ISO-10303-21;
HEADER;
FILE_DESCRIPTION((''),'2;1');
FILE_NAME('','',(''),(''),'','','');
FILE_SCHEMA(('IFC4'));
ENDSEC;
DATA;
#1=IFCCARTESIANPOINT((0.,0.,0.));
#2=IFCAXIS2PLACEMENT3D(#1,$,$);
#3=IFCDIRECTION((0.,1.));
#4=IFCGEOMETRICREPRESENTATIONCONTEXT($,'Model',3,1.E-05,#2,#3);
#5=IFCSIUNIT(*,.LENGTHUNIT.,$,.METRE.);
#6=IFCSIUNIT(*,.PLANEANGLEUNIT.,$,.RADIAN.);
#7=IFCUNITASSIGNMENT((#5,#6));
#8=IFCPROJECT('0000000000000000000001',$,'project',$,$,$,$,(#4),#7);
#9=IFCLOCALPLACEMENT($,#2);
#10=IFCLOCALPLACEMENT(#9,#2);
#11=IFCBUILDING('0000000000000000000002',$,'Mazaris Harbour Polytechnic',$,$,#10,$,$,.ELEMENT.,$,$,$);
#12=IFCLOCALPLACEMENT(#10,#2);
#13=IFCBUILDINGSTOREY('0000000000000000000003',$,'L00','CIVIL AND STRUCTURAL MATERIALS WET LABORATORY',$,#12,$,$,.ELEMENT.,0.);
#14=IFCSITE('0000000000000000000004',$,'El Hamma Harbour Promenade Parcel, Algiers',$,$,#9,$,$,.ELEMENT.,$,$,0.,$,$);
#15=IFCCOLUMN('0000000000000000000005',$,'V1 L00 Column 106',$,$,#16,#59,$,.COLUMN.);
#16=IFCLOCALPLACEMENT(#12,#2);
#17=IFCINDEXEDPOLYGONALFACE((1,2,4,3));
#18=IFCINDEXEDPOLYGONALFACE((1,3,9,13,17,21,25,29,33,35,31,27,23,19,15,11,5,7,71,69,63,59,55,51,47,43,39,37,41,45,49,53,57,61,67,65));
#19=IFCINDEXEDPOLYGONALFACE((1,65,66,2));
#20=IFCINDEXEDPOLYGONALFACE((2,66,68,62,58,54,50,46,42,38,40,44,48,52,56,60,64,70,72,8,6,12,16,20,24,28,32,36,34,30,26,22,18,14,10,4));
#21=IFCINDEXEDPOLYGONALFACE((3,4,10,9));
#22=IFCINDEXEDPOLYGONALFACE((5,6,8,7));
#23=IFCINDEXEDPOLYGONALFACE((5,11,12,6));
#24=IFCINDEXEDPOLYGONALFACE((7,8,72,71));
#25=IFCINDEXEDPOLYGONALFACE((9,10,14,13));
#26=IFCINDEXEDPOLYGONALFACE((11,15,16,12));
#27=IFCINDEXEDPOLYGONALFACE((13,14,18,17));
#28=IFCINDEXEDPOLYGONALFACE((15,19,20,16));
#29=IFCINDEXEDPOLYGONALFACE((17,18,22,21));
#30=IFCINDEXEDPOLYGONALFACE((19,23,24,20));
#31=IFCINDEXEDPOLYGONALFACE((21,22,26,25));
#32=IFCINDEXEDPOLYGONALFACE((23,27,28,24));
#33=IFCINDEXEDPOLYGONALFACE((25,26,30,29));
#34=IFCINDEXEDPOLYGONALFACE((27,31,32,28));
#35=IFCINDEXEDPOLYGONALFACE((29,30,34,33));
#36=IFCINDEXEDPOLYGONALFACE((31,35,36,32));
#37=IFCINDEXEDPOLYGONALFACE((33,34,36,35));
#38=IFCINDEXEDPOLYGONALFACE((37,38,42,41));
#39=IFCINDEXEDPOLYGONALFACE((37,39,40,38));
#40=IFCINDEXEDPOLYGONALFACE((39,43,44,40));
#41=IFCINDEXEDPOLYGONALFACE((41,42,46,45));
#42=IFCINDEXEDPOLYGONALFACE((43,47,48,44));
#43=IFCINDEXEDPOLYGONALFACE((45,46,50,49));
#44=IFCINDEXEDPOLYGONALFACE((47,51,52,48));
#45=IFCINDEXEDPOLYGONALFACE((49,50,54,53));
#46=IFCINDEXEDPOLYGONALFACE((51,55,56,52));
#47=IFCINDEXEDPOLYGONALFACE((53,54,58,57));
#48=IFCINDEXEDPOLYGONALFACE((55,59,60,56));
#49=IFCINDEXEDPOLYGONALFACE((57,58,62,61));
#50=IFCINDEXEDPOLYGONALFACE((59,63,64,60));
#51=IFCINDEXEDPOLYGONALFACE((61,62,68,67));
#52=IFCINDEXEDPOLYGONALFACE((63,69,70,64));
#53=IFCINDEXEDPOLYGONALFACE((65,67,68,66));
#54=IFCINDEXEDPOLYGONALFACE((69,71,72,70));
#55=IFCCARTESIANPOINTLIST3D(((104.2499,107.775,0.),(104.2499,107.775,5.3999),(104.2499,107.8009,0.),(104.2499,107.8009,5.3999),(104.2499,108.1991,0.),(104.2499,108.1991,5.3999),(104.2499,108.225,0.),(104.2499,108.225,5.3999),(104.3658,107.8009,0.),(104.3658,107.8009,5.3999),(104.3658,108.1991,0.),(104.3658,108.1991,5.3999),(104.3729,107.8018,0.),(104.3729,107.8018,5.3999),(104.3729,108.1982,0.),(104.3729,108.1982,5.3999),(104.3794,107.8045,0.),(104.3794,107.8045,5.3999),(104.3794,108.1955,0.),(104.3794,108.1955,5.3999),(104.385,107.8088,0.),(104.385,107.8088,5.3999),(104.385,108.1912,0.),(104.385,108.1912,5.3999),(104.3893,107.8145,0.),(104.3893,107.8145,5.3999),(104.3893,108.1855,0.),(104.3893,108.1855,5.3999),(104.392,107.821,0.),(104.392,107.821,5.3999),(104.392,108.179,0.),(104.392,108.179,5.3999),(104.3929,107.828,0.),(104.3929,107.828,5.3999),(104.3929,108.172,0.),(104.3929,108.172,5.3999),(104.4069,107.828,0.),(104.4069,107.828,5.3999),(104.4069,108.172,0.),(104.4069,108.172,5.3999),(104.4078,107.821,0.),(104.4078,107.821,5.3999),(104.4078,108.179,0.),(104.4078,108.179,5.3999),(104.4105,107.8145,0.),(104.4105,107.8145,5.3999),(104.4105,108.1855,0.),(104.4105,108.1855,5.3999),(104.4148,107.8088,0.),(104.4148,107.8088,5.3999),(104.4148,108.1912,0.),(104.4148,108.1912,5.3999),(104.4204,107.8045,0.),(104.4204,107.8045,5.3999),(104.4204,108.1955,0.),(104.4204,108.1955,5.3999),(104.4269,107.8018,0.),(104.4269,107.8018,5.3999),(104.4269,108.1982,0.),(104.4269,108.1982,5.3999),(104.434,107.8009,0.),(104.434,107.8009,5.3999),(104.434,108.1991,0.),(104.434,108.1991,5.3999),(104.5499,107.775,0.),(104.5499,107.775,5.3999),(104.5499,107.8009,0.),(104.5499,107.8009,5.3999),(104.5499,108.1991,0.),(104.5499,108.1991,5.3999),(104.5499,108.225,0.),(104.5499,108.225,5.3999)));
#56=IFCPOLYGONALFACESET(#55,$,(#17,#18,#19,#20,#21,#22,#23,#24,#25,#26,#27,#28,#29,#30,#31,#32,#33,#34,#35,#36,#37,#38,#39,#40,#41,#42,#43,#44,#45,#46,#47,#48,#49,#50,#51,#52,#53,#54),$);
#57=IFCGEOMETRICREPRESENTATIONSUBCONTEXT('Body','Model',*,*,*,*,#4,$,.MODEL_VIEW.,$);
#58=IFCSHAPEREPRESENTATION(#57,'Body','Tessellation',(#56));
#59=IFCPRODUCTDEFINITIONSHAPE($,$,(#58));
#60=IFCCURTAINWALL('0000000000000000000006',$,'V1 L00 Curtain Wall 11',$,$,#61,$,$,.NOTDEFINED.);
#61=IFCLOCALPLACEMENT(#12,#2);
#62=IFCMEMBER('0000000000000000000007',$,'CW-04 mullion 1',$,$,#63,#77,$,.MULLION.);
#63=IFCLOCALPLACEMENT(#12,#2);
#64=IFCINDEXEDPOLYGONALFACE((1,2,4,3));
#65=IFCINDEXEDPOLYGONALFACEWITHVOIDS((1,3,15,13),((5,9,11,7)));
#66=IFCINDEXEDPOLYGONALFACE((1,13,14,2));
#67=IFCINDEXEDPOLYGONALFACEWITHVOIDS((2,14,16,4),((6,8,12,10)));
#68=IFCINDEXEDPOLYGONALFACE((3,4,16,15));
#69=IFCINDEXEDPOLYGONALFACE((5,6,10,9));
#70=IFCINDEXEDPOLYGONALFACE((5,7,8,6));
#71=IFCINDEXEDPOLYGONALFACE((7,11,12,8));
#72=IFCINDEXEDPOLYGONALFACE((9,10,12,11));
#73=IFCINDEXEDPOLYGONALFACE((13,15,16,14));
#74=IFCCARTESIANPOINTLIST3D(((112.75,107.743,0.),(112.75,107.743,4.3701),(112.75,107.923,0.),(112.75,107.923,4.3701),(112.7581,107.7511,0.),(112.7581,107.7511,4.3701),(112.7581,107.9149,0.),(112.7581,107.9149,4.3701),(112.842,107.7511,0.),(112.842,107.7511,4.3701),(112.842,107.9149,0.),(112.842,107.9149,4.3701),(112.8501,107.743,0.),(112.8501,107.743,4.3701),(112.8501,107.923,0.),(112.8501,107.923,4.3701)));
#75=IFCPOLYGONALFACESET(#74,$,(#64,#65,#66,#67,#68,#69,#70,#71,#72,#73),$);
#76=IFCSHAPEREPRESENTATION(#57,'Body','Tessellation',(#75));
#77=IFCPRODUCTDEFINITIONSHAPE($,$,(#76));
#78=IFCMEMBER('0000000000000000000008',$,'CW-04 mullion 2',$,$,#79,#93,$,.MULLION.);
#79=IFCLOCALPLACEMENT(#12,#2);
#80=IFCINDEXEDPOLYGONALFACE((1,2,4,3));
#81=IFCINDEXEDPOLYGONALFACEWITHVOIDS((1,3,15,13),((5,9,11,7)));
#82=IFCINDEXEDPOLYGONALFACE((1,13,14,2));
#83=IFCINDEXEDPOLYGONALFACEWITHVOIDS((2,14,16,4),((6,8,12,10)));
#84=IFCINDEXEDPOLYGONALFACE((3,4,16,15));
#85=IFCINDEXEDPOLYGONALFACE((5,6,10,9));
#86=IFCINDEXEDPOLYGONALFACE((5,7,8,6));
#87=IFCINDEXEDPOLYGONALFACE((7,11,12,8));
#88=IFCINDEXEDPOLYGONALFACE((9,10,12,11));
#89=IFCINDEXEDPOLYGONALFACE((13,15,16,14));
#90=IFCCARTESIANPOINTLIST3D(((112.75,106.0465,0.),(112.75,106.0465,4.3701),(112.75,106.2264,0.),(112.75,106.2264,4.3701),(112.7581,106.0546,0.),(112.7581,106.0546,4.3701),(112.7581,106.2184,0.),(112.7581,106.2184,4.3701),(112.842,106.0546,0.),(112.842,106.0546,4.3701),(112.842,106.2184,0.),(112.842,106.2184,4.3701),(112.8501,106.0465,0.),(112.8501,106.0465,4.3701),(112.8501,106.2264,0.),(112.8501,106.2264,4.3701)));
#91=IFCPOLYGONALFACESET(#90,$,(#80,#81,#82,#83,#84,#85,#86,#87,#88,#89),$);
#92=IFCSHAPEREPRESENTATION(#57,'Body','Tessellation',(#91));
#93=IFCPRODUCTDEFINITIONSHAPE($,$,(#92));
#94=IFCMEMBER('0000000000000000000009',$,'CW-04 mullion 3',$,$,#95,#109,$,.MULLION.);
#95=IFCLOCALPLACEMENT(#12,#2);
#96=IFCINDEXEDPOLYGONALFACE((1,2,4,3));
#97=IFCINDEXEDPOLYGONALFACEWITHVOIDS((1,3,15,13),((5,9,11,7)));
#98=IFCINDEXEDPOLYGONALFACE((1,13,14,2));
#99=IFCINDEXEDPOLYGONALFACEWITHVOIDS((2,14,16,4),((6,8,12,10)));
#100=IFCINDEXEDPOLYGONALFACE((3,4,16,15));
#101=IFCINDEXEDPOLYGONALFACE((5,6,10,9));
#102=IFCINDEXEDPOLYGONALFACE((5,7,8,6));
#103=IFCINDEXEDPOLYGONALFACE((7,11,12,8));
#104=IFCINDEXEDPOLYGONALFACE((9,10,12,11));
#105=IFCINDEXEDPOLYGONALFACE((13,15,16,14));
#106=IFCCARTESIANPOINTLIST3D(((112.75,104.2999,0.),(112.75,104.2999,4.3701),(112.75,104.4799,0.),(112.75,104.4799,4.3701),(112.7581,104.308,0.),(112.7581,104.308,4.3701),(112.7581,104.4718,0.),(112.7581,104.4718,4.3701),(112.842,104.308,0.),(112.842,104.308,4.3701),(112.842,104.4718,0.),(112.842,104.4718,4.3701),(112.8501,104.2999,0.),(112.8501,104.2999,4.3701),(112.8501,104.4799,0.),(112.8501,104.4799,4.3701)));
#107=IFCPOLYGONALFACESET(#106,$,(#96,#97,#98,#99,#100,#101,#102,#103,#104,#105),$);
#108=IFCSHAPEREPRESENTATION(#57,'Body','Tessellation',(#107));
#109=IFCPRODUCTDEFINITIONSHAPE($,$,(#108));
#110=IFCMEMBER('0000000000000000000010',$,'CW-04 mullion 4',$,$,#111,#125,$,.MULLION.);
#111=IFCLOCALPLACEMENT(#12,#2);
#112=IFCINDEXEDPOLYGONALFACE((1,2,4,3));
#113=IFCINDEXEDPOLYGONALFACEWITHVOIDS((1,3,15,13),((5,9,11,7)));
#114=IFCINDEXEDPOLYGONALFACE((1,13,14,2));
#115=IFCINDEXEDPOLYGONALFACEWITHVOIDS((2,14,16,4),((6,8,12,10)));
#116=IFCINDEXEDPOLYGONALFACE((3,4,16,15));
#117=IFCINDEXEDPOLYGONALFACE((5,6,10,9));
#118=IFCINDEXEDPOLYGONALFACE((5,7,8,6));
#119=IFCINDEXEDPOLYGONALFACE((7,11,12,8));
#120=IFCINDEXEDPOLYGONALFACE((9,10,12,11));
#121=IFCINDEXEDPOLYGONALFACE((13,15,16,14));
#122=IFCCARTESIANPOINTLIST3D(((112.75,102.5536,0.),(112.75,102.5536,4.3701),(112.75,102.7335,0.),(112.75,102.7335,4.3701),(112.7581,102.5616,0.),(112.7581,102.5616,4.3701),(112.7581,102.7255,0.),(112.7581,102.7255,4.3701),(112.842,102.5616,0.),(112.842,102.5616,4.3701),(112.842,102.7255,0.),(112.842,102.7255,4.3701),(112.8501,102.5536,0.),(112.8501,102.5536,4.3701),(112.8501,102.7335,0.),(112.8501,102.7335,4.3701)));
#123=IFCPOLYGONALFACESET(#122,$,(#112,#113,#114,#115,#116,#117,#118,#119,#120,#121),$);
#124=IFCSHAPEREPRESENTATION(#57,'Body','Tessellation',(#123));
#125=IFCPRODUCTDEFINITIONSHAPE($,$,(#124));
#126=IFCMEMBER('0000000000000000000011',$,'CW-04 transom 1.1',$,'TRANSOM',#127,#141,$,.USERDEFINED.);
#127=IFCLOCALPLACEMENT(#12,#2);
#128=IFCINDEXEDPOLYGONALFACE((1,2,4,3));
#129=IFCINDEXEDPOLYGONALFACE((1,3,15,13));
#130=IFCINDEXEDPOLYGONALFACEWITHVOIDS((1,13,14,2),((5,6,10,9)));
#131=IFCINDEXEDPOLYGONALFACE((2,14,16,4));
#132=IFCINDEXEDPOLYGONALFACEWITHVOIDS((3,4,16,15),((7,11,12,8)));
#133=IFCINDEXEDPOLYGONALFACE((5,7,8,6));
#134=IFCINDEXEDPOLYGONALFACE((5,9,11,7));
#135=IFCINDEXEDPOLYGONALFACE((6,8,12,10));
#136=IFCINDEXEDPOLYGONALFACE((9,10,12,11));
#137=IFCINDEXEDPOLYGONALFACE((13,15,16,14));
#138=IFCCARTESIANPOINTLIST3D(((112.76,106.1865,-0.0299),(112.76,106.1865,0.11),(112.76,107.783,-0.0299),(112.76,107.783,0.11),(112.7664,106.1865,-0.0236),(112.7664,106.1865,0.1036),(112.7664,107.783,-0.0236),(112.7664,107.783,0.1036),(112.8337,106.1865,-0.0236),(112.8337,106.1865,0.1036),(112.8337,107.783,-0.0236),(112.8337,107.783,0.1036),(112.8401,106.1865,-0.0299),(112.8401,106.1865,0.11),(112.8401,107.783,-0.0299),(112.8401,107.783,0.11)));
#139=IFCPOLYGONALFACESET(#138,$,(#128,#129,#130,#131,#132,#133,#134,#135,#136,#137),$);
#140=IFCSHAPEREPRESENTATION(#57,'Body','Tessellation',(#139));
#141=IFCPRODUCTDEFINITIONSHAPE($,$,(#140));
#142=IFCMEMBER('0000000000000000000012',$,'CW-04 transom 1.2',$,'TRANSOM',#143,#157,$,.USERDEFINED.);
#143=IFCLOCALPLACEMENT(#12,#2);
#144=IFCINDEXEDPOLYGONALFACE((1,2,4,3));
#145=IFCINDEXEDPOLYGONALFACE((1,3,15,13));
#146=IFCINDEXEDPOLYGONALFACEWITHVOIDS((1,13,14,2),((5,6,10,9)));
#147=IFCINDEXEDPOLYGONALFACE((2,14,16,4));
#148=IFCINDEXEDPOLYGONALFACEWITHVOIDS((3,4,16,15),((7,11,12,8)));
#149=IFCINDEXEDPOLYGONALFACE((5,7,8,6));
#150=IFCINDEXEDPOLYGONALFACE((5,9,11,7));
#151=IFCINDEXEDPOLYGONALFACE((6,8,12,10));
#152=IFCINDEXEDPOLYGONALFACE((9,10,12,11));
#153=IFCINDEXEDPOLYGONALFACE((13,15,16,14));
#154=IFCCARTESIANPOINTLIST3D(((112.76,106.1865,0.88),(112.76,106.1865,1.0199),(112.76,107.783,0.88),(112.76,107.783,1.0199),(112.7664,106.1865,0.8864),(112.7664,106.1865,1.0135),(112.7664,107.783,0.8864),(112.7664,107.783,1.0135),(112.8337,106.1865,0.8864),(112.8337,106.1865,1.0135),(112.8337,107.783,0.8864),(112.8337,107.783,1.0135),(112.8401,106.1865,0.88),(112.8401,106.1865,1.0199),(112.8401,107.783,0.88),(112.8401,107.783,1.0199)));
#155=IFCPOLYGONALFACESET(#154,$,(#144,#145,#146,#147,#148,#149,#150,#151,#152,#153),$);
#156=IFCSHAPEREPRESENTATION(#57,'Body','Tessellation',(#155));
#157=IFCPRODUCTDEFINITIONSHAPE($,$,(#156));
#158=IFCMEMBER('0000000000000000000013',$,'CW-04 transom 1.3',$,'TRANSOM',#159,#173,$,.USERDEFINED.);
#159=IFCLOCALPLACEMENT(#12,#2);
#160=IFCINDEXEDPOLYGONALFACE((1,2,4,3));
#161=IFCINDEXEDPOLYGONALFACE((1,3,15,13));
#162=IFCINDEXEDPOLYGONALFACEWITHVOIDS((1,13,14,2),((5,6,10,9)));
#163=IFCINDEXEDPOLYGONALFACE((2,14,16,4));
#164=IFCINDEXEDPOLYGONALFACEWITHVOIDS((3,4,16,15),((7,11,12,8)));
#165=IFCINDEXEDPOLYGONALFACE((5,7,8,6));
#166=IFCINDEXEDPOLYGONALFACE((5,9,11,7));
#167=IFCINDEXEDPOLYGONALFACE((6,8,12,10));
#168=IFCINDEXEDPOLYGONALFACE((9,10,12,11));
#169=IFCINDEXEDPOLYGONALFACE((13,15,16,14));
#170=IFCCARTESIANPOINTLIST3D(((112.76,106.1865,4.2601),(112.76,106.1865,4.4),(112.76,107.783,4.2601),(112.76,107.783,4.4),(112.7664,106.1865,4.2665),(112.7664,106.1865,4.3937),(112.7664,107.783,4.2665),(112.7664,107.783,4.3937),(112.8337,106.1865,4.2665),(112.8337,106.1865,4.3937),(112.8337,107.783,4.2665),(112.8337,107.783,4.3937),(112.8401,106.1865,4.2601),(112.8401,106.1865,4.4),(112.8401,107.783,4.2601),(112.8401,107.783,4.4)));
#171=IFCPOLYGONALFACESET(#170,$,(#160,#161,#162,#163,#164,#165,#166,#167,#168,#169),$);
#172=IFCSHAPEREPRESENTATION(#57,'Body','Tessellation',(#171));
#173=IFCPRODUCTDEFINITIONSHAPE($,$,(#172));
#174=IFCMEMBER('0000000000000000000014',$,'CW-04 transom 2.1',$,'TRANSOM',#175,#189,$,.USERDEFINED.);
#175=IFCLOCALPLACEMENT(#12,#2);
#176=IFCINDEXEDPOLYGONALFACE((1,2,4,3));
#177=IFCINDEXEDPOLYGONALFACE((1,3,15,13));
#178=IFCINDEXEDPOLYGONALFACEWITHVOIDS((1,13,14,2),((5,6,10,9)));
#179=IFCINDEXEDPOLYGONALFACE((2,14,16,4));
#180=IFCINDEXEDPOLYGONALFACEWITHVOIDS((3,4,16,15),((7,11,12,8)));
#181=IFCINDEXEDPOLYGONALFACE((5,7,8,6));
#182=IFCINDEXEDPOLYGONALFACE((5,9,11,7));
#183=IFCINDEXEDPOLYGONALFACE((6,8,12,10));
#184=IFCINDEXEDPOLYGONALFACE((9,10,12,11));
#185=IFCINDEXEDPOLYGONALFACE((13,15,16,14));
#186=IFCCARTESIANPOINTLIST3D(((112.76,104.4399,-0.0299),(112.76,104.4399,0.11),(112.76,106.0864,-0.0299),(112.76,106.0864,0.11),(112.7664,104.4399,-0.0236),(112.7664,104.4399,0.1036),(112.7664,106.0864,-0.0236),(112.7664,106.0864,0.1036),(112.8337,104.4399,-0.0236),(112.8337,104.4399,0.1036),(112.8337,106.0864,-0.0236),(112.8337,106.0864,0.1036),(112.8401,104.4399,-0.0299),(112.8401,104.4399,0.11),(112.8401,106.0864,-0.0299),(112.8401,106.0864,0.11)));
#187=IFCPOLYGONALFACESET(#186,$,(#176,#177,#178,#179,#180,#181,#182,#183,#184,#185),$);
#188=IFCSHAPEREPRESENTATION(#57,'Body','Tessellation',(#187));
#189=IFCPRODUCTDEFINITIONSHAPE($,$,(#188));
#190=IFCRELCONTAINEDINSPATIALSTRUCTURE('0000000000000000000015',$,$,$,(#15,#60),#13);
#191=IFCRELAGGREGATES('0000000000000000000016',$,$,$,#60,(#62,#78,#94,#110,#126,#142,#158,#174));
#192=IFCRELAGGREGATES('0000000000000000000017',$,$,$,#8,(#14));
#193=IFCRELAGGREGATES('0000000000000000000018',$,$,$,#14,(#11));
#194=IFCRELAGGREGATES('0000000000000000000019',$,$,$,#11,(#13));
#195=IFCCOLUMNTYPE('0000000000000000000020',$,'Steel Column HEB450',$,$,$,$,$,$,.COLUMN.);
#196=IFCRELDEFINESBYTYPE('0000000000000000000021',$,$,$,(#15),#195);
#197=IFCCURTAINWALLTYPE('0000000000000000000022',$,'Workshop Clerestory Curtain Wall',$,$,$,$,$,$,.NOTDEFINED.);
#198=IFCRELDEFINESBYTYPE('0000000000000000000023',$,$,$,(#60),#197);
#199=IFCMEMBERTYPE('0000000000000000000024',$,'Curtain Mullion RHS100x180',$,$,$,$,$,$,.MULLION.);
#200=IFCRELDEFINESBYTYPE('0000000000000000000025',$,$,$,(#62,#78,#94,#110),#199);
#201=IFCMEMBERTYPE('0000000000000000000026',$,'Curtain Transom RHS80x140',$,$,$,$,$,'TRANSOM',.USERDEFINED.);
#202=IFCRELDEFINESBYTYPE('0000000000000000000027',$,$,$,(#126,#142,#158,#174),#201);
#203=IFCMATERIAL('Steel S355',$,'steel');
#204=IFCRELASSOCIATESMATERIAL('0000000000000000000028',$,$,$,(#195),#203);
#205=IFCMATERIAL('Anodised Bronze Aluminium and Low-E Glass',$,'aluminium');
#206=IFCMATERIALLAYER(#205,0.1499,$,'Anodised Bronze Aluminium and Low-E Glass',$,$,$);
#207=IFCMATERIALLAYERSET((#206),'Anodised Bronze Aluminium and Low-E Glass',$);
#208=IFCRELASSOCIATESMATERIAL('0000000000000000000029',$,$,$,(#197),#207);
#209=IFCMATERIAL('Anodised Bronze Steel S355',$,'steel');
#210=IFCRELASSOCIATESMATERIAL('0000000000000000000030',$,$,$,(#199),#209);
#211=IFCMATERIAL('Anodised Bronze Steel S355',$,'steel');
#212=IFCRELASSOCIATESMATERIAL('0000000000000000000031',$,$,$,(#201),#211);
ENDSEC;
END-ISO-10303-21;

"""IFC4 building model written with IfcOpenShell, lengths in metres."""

from ifc_helpers import new_model, si_unit, direction, frame, origin, origin_2d, place, context, subcontext, project, spatial, hollow_rectangle, i_section, extrude, material, layer, layer_set, material_profile, profile_set, type_object, element, aggregate, save


model = new_model("IFC4")

# Units and contexts
model_context = context("Model", 3, precision=1e-05, world=origin(), true_north=direction((0.0, 1.0)))
body_context = subcontext(model_context, "Body", "Model", "MODEL_VIEW")
ifc_project = project(units=[si_unit("LENGTHUNIT", "METRE"), si_unit("PLANEANGLEUNIT", "RADIAN")], contexts=[model_context])

# Site, building, storey
site_placement = place(None, origin())
site = spatial("IfcSite", under=ifc_project, at=site_placement, Name="El Hamma Harbour Promenade Parcel, Algiers", CompositionType="ELEMENT", RefElevation=0.0)
building_placement = place(site_placement, origin())
building = spatial("IfcBuilding", under=site, at=building_placement, Name="Mazaris Harbour Polytechnic", CompositionType="ELEMENT")
storey_placement = place(building_placement, origin())
storey = spatial("IfcBuildingStorey", under=building, at=storey_placement, Name="L00", Description="CIVIL AND STRUCTURAL MATERIALS WET LABORATORY", CompositionType="ELEMENT", Elevation=0.0)

# Column
ifc_material_1 = material(Name="Steel S355", Category="steel")
ifc_material_profile_1 = material_profile(ifc_material_1, i_section(OverallWidth=0.3, OverallDepth=0.45, WebThickness=0.0139, FlangeThickness=0.0259, FilletRadius=0.0271, at=origin_2d()), Name="HEB 450")
ifc_profile_set_1 = profile_set([ifc_material_profile_1], Name="Steel S355")
column_type_1 = type_object("IfcColumnType", Name="Steel Column HEB450", PredefinedType="COLUMN", material=ifc_profile_set_1)
for number, where, z_axis, x_axis, name in (
    (1, (104.3999, 108.0, 0.0), (0.0, 0.0, 1.0), (1.0, 0.0, 0.0), "V1 L00 Column 106"),
):
    element("IfcColumn", number, at=place(storey_placement, frame(where, z_axis=z_axis, x_axis=x_axis)), inside=storey, type_object=column_type_1, Name=name, PredefinedType="COLUMN", context=body_context, shape_type="SweptSolid", body=[
        extrude(i_section(OverallWidth=0.3, OverallDepth=0.45, WebThickness=0.0139, FlangeThickness=0.0259, FilletRadius=0.0271, at=origin_2d()), origin(), (0.0, 0.0, 1.0), 5.3999),
    ])

# Curtain wall, members
ifc_material_2 = material(Name="Anodised Bronze Aluminium and Low-E Glass", Category="aluminium")
ifc_layer_1 = layer(ifc_material_2, 0.1499, Name="Anodised Bronze Aluminium and Low-E Glass")
ifc_layer_set_1 = layer_set([ifc_layer_1], Name="Anodised Bronze Aluminium and Low-E Glass")
curtain_wall_type = type_object("IfcCurtainWallType", Name="Workshop Clerestory Curtain Wall", PredefinedType="NOTDEFINED", material=ifc_layer_set_1)
curtain_wall_placement = place(storey_placement, origin())
curtain_wall = element("IfcCurtainWall", 2, at=curtain_wall_placement, inside=storey, type_object=curtain_wall_type, Name="V1 L00 Curtain Wall 11", PredefinedType="NOTDEFINED")
ifc_material_3 = material(Name="Anodised Bronze Steel S355", Category="steel")
ifc_material_profile_2 = material_profile(ifc_material_3, hollow_rectangle(XDim=0.1001, YDim=0.1799, WallThickness=0.0081, at=origin_2d()), Name="RHS 100x180x8.0")
ifc_profile_set_2 = profile_set([ifc_material_profile_2], Name="Anodised Bronze Steel S355")
member_type_1 = type_object("IfcMemberType", Name="Curtain Mullion RHS100x180", PredefinedType="MULLION", material=ifc_profile_set_2)
member_1_placement = place(storey_placement, frame((112.8, 107.833, 0.0), z_axis=(0.0, 0.0, 1.0), x_axis=(1.0, 0.0, 0.0)))
member_1 = element("IfcMember", 3, at=member_1_placement, type_object=member_type_1, Name="CW-04 mullion 1", PredefinedType="MULLION", context=body_context, shape_type="SweptSolid", body=[
    extrude(hollow_rectangle(XDim=0.1001, YDim=0.1799, WallThickness=0.0081, at=origin_2d()), origin(), (0.0, 0.0, 1.0), 4.3701),
])
member_2_placement = place(storey_placement, frame((112.8, 106.1365, 0.0), z_axis=(0.0, 0.0, 1.0), x_axis=(1.0, 0.0, 0.0)))
member_2 = element("IfcMember", 4, at=member_2_placement, type_object=member_type_1, Name="CW-04 mullion 2", PredefinedType="MULLION", context=body_context, shape_type="SweptSolid", body=[
    extrude(hollow_rectangle(XDim=0.1001, YDim=0.1799, WallThickness=0.0081, at=origin_2d()), origin(), (0.0, 0.0, 1.0), 4.3701),
])
member_3_placement = place(storey_placement, frame((112.8, 104.3899, 0.0), z_axis=(0.0, 0.0, 1.0), x_axis=(1.0, 0.0, 0.0)))
member_3 = element("IfcMember", 5, at=member_3_placement, type_object=member_type_1, Name="CW-04 mullion 3", PredefinedType="MULLION", context=body_context, shape_type="SweptSolid", body=[
    extrude(hollow_rectangle(XDim=0.1001, YDim=0.1799, WallThickness=0.0081, at=origin_2d()), origin(), (0.0, 0.0, 1.0), 4.3701),
])
member_4_placement = place(storey_placement, frame((112.8, 102.6436, 0.0), z_axis=(0.0, 0.0, 1.0), x_axis=(1.0, 0.0, 0.0)))
member_4 = element("IfcMember", 6, at=member_4_placement, type_object=member_type_1, Name="CW-04 mullion 4", PredefinedType="MULLION", context=body_context, shape_type="SweptSolid", body=[
    extrude(hollow_rectangle(XDim=0.1001, YDim=0.1799, WallThickness=0.0081, at=origin_2d()), origin(), (0.0, 0.0, 1.0), 4.3701),
])
ifc_material_4 = material(Name="Anodised Bronze Steel S355", Category="steel")
ifc_material_profile_3 = material_profile(ifc_material_4, hollow_rectangle(XDim=0.0801, YDim=0.1399, WallThickness=0.0063, at=origin_2d()), Name="RHS 80x140x6.3")
ifc_profile_set_3 = profile_set([ifc_material_profile_3], Name="Anodised Bronze Steel S355")
member_type_2 = type_object("IfcMemberType", Name="Curtain Transom RHS80x140", ElementType="TRANSOM", PredefinedType="USERDEFINED", material=ifc_profile_set_3)
member_5_placement = place(storey_placement, frame((112.8, 107.783, 0.04), z_axis=(0.0, -1.0, 0.0), x_axis=(1.0, 0.0, 0.0)))
member_5 = element("IfcMember", 7, at=member_5_placement, type_object=member_type_2, Name="CW-04 transom 1.1", ObjectType="TRANSOM", PredefinedType="USERDEFINED", context=body_context, shape_type="SweptSolid", body=[
    extrude(hollow_rectangle(XDim=0.0801, YDim=0.1399, WallThickness=0.0063, at=origin_2d()), origin(), (0.0, 0.0, 1.0), 1.5964),
])
member_6_placement = place(storey_placement, frame((112.8, 107.783, 0.95), z_axis=(0.0, -1.0, 0.0), x_axis=(1.0, 0.0, 0.0)))
member_6 = element("IfcMember", 8, at=member_6_placement, type_object=member_type_2, Name="CW-04 transom 1.2", ObjectType="TRANSOM", PredefinedType="USERDEFINED", context=body_context, shape_type="SweptSolid", body=[
    extrude(hollow_rectangle(XDim=0.0801, YDim=0.1399, WallThickness=0.0063, at=origin_2d()), origin(), (0.0, 0.0, 1.0), 1.5964),
])
member_7_placement = place(storey_placement, frame((112.8, 107.783, 4.3301), z_axis=(0.0, -1.0, 0.0), x_axis=(1.0, 0.0, 0.0)))
member_7 = element("IfcMember", 9, at=member_7_placement, type_object=member_type_2, Name="CW-04 transom 1.3", ObjectType="TRANSOM", PredefinedType="USERDEFINED", context=body_context, shape_type="SweptSolid", body=[
    extrude(hollow_rectangle(XDim=0.0801, YDim=0.1399, WallThickness=0.0063, at=origin_2d()), origin(), (0.0, 0.0, 1.0), 1.5964),
])
member_8_placement = place(storey_placement, frame((112.8, 106.0864, 0.04), z_axis=(0.0, -1.0, 0.0), x_axis=(1.0, 0.0, 0.0)))
member_8 = element("IfcMember", 10, at=member_8_placement, type_object=member_type_2, Name="CW-04 transom 2.1", ObjectType="TRANSOM", PredefinedType="USERDEFINED", context=body_context, shape_type="SweptSolid", body=[
    extrude(hollow_rectangle(XDim=0.0801, YDim=0.1399, WallThickness=0.0063, at=origin_2d()), origin(), (0.0, 0.0, 1.0), 1.6465),
])

aggregate(curtain_wall, [member_1, member_2, member_3, member_4, member_5, member_6, member_7, member_8])

save(model, "model.ifc")
